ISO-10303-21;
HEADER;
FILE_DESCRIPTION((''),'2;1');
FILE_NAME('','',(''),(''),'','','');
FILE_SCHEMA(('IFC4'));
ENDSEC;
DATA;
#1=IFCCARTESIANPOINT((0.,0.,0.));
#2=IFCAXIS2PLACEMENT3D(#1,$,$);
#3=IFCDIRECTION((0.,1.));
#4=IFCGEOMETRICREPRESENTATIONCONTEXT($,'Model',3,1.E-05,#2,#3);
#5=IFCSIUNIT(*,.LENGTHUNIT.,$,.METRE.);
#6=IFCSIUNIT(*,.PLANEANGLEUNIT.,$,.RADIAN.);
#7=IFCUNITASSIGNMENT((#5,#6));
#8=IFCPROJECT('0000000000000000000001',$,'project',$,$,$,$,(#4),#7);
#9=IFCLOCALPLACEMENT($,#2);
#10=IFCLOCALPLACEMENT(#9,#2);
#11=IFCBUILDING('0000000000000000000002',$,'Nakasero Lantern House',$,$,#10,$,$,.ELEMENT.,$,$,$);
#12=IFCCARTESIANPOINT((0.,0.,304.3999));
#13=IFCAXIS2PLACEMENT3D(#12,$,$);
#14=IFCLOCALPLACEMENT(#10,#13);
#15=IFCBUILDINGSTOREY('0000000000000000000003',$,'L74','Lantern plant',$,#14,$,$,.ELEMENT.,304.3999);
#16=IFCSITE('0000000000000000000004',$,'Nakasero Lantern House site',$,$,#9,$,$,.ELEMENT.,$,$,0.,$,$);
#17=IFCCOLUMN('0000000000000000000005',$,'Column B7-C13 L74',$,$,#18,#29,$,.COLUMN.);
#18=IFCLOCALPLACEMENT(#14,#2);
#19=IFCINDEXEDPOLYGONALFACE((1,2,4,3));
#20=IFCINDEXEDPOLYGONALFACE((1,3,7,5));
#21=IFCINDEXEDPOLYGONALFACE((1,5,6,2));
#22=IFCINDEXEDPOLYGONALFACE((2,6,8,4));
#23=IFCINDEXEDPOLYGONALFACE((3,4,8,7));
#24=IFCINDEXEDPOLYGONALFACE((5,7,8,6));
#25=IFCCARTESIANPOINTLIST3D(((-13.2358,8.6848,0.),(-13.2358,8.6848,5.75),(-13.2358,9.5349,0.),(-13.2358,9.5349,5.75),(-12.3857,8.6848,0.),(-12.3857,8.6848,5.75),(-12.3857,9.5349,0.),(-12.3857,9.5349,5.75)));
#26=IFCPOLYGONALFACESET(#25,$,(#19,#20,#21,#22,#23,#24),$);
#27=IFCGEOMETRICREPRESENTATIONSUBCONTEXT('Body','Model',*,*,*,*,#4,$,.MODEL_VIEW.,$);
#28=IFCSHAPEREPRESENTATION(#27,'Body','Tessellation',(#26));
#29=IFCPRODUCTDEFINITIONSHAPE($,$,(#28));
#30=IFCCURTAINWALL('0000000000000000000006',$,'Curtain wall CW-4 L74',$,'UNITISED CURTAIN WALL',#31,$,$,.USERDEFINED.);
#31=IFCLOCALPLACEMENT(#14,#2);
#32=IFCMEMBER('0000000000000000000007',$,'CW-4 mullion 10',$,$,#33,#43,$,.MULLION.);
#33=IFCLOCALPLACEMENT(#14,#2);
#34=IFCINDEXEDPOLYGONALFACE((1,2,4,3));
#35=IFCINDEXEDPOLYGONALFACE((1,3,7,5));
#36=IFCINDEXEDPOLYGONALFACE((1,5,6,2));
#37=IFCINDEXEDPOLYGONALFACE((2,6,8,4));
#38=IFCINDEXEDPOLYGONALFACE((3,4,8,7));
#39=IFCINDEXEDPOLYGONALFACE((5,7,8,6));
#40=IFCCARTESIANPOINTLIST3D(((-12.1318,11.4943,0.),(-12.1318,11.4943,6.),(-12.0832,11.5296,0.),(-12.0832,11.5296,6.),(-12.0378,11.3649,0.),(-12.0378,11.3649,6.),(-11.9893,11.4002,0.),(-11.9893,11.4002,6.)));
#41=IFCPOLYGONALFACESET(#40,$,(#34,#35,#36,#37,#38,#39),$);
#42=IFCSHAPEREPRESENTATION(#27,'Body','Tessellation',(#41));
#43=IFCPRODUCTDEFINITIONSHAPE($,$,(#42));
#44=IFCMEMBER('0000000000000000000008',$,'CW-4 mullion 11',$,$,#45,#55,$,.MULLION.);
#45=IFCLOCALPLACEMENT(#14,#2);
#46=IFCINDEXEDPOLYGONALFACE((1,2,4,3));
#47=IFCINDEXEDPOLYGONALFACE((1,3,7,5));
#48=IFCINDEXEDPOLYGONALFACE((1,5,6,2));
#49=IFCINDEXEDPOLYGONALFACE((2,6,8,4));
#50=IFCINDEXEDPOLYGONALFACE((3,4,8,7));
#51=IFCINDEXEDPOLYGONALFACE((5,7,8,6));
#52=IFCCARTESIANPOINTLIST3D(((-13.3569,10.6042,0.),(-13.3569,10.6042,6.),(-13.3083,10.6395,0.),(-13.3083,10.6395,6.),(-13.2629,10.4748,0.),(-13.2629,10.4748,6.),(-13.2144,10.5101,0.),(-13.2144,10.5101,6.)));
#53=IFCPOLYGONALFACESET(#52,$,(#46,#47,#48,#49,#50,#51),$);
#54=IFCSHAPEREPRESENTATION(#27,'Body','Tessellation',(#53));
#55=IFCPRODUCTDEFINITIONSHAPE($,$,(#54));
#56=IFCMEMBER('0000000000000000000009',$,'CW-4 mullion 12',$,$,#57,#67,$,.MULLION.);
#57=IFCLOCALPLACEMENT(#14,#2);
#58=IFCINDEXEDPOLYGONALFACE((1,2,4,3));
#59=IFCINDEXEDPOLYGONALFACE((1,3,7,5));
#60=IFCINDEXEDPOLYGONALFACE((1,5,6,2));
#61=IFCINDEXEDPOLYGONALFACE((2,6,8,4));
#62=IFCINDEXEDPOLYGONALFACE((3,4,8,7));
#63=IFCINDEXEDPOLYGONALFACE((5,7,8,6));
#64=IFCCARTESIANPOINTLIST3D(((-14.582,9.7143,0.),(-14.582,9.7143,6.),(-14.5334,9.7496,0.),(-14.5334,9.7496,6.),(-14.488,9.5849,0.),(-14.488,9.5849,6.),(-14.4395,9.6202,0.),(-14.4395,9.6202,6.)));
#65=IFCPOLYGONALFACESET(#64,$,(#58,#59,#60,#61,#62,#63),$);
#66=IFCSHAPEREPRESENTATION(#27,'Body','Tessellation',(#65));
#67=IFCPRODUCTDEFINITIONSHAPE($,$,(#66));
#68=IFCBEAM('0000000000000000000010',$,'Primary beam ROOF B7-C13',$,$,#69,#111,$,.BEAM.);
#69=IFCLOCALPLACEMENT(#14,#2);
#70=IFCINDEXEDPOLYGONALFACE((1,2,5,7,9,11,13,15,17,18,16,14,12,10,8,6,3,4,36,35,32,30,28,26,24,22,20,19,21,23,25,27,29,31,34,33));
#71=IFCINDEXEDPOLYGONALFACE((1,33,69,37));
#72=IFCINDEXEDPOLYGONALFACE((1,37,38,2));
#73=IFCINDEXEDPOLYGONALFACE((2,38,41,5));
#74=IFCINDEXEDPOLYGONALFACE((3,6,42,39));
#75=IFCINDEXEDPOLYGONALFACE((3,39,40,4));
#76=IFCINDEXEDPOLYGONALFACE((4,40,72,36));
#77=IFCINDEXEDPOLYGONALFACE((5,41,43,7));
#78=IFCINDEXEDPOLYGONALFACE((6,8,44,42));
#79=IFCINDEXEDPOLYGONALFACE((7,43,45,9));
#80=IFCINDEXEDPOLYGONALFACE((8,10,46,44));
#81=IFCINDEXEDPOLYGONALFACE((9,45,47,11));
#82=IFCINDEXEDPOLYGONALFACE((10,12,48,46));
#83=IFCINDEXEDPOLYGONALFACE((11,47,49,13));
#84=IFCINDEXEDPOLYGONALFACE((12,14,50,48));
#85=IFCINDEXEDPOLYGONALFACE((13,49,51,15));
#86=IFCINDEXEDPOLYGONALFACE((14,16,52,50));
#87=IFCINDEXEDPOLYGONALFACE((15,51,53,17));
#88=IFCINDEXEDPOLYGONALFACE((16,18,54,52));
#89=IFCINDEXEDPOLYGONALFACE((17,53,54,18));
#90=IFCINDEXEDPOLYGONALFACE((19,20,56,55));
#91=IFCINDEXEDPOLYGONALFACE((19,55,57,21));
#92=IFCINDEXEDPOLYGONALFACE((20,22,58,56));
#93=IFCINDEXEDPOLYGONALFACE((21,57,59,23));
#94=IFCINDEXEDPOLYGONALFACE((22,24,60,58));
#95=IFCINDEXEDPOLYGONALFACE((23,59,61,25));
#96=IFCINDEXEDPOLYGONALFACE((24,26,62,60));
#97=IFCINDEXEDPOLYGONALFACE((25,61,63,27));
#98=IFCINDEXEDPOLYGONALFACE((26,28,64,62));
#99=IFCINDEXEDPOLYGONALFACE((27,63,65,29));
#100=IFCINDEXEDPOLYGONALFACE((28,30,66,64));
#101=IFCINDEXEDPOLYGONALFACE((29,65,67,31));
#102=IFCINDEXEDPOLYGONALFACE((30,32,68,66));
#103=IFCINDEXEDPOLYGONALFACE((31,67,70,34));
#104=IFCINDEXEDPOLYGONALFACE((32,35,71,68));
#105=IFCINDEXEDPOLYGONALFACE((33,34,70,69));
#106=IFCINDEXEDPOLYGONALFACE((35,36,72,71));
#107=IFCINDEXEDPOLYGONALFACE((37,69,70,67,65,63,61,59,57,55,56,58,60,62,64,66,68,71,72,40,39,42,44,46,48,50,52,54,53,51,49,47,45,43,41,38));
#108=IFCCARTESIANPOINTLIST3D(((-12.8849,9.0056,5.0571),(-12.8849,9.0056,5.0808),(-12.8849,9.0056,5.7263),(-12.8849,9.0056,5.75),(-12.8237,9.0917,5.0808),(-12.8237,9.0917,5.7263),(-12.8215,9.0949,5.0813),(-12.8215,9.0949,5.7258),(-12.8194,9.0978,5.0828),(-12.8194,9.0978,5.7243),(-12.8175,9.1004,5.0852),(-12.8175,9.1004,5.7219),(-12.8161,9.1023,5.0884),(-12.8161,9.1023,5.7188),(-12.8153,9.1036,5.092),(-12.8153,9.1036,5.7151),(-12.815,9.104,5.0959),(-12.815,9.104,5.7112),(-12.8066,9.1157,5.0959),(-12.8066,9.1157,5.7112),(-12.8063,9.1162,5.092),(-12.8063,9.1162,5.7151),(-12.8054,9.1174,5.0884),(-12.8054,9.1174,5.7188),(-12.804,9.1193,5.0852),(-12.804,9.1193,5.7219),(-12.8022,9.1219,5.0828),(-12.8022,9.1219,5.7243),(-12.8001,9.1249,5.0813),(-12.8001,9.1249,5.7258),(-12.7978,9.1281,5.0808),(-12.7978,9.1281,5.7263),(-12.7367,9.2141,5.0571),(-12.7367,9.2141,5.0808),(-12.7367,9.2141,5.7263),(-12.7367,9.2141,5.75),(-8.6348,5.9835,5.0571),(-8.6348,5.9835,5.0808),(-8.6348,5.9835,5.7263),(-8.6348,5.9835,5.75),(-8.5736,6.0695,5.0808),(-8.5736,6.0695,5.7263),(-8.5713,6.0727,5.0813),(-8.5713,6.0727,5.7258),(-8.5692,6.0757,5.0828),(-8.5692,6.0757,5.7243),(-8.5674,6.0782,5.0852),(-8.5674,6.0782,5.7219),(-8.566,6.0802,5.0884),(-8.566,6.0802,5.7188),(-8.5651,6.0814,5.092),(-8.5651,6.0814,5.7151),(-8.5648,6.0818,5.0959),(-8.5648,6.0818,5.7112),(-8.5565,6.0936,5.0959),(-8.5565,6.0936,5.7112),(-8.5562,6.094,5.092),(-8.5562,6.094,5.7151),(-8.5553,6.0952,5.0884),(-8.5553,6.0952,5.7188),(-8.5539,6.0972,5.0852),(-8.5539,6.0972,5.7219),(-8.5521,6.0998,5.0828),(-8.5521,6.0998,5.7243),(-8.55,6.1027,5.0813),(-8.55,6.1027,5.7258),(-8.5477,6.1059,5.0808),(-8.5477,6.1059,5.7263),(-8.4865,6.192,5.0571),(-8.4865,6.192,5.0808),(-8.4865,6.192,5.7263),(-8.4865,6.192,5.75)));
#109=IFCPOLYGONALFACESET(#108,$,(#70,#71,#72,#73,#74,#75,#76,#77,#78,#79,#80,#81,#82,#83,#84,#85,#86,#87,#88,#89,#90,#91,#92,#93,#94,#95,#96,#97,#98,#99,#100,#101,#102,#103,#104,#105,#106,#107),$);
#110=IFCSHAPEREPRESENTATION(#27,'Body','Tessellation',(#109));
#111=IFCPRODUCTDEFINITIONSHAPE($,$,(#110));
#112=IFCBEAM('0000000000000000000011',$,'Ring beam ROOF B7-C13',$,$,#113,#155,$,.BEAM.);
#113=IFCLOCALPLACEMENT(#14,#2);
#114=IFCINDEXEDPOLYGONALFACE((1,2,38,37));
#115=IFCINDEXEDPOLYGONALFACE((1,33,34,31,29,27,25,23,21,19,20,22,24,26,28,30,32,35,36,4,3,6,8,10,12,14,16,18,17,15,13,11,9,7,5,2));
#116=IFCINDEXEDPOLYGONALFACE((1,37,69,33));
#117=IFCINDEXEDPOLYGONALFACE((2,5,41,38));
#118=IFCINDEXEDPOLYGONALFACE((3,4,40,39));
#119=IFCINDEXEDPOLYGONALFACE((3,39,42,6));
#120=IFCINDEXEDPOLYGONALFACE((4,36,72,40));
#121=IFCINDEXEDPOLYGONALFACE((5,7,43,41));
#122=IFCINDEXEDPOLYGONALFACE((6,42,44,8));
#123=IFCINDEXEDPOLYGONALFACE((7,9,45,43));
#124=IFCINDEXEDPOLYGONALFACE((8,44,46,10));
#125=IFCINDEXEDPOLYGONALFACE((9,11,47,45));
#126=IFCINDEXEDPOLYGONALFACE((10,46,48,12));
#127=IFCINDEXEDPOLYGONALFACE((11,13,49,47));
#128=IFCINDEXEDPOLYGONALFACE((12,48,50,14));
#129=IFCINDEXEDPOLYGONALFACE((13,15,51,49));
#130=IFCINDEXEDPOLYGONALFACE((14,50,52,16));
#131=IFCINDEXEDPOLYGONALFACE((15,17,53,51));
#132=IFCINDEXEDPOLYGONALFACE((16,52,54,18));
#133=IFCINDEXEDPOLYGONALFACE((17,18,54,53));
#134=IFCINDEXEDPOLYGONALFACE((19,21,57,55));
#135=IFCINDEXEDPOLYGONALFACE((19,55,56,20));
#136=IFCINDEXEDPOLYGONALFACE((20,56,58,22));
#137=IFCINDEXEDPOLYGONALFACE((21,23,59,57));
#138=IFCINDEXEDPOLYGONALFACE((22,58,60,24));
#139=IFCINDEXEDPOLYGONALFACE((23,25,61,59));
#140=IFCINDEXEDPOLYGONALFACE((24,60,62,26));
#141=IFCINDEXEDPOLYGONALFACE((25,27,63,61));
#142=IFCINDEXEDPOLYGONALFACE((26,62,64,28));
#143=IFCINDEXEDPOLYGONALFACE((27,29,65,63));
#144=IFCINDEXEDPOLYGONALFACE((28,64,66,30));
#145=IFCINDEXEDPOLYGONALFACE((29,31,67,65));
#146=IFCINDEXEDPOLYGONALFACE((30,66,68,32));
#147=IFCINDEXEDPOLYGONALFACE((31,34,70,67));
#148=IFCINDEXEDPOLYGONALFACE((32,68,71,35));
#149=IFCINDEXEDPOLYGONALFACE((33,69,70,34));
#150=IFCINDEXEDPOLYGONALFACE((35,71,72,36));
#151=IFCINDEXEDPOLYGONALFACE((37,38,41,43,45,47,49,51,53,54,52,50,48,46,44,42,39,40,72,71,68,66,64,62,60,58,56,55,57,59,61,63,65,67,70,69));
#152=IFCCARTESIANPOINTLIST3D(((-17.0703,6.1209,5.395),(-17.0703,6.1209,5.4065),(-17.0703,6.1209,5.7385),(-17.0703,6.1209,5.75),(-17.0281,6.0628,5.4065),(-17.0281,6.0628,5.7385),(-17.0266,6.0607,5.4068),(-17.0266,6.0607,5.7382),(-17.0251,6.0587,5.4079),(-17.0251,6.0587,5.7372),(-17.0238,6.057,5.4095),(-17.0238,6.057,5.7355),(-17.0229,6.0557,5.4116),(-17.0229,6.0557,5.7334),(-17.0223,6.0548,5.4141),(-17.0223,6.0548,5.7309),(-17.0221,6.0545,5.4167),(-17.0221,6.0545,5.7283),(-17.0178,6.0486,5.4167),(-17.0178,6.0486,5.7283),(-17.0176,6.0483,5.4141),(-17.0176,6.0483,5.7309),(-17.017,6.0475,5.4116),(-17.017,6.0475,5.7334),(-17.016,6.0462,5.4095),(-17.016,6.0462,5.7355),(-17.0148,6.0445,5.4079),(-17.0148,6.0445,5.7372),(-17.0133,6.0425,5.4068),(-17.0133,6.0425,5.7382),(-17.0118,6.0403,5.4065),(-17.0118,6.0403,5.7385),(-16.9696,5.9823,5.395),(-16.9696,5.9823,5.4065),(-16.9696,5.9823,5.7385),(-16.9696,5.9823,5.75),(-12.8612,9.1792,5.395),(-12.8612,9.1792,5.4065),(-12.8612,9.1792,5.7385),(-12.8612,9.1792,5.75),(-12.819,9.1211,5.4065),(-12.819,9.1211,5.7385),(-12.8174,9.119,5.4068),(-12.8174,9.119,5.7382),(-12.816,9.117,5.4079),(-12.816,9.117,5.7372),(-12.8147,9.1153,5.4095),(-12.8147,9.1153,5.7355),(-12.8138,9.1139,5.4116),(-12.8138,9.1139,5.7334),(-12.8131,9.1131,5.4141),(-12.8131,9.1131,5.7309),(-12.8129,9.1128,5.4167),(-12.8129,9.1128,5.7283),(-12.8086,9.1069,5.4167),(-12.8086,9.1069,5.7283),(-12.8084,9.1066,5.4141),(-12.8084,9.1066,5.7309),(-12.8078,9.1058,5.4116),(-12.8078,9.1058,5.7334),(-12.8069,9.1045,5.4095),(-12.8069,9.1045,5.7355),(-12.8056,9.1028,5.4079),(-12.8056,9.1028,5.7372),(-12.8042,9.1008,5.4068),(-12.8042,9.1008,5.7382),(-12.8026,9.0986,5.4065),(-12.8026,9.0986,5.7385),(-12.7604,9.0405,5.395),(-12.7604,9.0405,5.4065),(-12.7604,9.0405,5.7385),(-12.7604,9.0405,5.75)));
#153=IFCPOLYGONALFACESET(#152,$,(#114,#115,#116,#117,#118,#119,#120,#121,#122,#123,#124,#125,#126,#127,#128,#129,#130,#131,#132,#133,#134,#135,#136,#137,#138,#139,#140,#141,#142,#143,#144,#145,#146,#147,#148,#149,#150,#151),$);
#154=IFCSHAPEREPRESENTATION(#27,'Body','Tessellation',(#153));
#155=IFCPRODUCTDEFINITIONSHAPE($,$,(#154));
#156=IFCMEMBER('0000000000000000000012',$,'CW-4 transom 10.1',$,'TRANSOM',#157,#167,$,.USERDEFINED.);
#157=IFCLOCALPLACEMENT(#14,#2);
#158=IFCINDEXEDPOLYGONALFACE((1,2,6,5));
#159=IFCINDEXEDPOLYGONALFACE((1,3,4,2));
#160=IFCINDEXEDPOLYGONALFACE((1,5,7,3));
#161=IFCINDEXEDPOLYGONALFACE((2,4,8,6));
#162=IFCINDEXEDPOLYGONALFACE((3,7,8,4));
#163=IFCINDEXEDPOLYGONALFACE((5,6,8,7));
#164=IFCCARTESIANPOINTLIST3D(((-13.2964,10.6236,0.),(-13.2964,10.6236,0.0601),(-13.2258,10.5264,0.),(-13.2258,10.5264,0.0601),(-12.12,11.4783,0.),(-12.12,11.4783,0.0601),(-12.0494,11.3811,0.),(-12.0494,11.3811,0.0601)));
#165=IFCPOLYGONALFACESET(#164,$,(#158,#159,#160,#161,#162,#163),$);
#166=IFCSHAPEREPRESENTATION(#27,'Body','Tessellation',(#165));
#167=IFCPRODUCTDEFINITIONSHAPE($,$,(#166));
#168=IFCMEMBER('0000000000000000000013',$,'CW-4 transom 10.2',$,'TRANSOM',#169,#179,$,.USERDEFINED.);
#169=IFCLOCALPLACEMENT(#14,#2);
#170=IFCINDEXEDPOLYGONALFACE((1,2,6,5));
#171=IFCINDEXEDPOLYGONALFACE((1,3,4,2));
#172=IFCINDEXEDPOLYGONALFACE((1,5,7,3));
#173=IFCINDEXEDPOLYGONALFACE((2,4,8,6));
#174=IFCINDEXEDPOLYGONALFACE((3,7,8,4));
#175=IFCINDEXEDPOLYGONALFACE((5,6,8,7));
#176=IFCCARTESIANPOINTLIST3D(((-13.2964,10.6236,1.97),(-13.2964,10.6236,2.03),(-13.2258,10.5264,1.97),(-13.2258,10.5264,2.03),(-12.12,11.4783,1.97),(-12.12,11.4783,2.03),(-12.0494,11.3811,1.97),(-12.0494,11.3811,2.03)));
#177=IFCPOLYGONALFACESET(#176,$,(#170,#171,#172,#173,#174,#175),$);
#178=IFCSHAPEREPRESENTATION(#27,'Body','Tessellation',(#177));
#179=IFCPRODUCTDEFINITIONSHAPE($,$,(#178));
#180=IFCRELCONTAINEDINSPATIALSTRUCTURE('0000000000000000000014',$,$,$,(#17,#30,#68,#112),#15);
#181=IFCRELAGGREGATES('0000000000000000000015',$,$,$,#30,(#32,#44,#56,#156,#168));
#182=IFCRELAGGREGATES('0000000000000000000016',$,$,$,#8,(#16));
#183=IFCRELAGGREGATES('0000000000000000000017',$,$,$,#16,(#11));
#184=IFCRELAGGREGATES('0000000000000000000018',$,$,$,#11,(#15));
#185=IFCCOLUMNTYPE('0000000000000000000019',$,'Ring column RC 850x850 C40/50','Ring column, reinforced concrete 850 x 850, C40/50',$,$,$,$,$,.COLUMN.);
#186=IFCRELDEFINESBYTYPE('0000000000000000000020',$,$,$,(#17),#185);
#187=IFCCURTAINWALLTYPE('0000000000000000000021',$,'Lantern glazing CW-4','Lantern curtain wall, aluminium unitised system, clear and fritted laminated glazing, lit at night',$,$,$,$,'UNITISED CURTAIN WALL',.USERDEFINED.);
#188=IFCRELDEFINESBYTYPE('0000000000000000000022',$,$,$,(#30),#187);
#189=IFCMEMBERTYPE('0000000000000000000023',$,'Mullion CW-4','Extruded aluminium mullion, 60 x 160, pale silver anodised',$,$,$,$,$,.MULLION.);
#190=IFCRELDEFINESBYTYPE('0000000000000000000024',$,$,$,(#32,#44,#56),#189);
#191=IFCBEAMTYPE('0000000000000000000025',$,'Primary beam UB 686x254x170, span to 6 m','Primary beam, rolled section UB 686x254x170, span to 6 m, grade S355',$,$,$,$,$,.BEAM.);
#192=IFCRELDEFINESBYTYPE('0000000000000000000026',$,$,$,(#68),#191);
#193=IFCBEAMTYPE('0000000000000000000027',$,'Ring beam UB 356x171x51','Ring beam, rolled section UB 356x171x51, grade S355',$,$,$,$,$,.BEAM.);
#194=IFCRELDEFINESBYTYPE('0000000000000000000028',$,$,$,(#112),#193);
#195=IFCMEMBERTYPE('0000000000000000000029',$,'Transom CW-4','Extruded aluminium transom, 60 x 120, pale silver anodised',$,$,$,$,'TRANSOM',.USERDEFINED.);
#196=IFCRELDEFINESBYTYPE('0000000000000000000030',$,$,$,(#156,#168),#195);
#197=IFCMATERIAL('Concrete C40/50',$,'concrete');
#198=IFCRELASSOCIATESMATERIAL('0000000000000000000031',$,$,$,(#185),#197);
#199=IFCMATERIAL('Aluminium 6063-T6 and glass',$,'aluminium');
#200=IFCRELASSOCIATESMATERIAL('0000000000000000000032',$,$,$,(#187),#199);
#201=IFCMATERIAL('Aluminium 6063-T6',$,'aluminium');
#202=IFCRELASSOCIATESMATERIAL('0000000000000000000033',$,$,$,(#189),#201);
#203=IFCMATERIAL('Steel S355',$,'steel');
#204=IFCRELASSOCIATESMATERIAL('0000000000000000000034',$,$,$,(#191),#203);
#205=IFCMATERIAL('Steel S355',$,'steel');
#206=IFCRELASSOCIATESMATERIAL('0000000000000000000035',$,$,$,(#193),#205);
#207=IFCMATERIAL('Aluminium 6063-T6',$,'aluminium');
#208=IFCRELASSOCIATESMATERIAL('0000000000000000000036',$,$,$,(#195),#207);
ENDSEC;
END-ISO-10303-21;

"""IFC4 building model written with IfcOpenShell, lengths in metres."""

from ifc_helpers import new_model, si_unit, direction, frame, origin, origin_2d, place, context, subcontext, project, spatial, rectangle, i_section, extrude, material, material_profile, profile_set, type_object, element, aggregate, save


model = new_model("IFC4")

# Units and contexts
model_context = context("Model", 3, precision=1e-05, world=origin(), true_north=direction((0.0, 1.0)))
body_context = subcontext(model_context, "Body", "Model", "MODEL_VIEW")
ifc_project = project(units=[si_unit("LENGTHUNIT", "METRE"), si_unit("PLANEANGLEUNIT", "RADIAN")], contexts=[model_context])

# Site, building, storey
site_placement = place(None, origin())
site = spatial("IfcSite", under=ifc_project, at=site_placement, Name="Nakasero Lantern House site", CompositionType="ELEMENT", RefElevation=0.0)
building_placement = place(site_placement, origin())
building = spatial("IfcBuilding", under=site, at=building_placement, Name="Nakasero Lantern House", CompositionType="ELEMENT")
storey_placement = place(building_placement, frame((0.0, 0.0, 304.3999)))
storey = spatial("IfcBuildingStorey", under=building, at=storey_placement, Name="L74", Description="Lantern plant", CompositionType="ELEMENT", Elevation=304.3999)

# Column
ifc_material_1 = material(Name="Concrete C40/50", Category="concrete")
ifc_material_profile_1 = material_profile(ifc_material_1, rectangle(XDim=0.8501, YDim=0.8501, at=origin_2d()), Name="RC 850x850")
ifc_profile_set_1 = profile_set([ifc_material_profile_1], Name="Concrete C40/50")
column_type = type_object("IfcColumnType", Name="Ring column RC 850x850 C40/50", Description="Ring column, reinforced concrete 850 x 850, C40/50", PredefinedType="COLUMN", material=ifc_profile_set_1)
column_placement = place(storey_placement, frame((-12.8108, 9.1099, 0.0), z_axis=(0.0, 0.0, 1.0), x_axis=(1.0, 0.0, 0.0)))
element("IfcColumn", 1, at=column_placement, inside=storey, type_object=column_type, Name="Column B7-C13 L74", PredefinedType="COLUMN", context=body_context, shape_type="SweptSolid", body=[
    extrude(rectangle(XDim=0.8501, YDim=0.8501, at=origin_2d()), origin(), (0.0, 0.0, 1.0), 5.75),
])

# Curtain wall, members
ifc_material_2 = material(Name="Aluminium 6063-T6 and glass", Category="aluminium")
curtain_wall_type = type_object("IfcCurtainWallType", Name="Lantern glazing CW-4", Description="Lantern curtain wall, aluminium unitised system, clear and fritted laminated glazing, lit at night", ElementType="UNITISED CURTAIN WALL", PredefinedType="USERDEFINED", material=ifc_material_2)
curtain_wall_placement = place(storey_placement, origin())
curtain_wall = element("IfcCurtainWall", 2, at=curtain_wall_placement, inside=storey, type_object=curtain_wall_type, Name="Curtain wall CW-4 L74", ObjectType="UNITISED CURTAIN WALL", PredefinedType="USERDEFINED")
ifc_material_3 = material(Name="Aluminium 6063-T6", Category="aluminium")
ifc_material_profile_2 = material_profile(ifc_material_3, rectangle(XDim=0.0601, YDim=0.1599, at=origin_2d()), Name="CW-4 mullion 60x160")
ifc_profile_set_2 = profile_set([ifc_material_profile_2], Name="Aluminium 6063-T6")
member_type_1 = type_object("IfcMemberType", Name="Mullion CW-4", Description="Extruded aluminium mullion, 60 x 160, pale silver anodised", PredefinedType="MULLION", material=ifc_profile_set_2)
member_1_placement = place(storey_placement, frame((-12.0605, 11.4473, 0.0), z_axis=(0.0, 0.0, 1.0), x_axis=(-0.809017, -0.587785, 0.0)))
member_1 = element("IfcMember", 3, at=member_1_placement, type_object=member_type_1, Name="CW-4 mullion 10", PredefinedType="MULLION", context=body_context, shape_type="SweptSolid", body=[
    extrude(rectangle(XDim=0.0601, YDim=0.1599, at=origin_2d()), origin(), (0.0, 0.0, 1.0), 6.0),
])
member_2_placement = place(storey_placement, frame((-13.2856, 10.5571, 0.0), z_axis=(0.0, 0.0, 1.0), x_axis=(-0.809017, -0.587785, 0.0)))
member_2 = element("IfcMember", 4, at=member_2_placement, type_object=member_type_1, Name="CW-4 mullion 11", PredefinedType="MULLION", context=body_context, shape_type="SweptSolid", body=[
    extrude(rectangle(XDim=0.0601, YDim=0.1599, at=origin_2d()), origin(), (0.0, 0.0, 1.0), 6.0),
])
member_3_placement = place(storey_placement, frame((-14.5107, 9.6672, 0.0), z_axis=(0.0, 0.0, 1.0), x_axis=(-0.809017, -0.587785, 0.0)))
member_3 = element("IfcMember", 5, at=member_3_placement, type_object=member_type_1, Name="CW-4 mullion 12", PredefinedType="MULLION", context=body_context, shape_type="SweptSolid", body=[
    extrude(rectangle(XDim=0.0601, YDim=0.1599, at=origin_2d()), origin(), (0.0, 0.0, 1.0), 6.0),
])

# Beams
ifc_material_4 = material(Name="Steel S355", Category="steel")
ifc_material_profile_3 = material_profile(ifc_material_4, i_section(OverallWidth=0.2559, OverallDepth=0.6929, WebThickness=0.0144, FlangeThickness=0.0237, FilletRadius=0.0151, at=origin_2d()), Name="UB 686x254x170")
ifc_profile_set_3 = profile_set([ifc_material_profile_3], Name="Steel S355")
beam_type_1 = type_object("IfcBeamType", Name="Primary beam UB 686x254x170, span to 6 m", Description="Primary beam, rolled section UB 686x254x170, span to 6 m, grade S355", PredefinedType="BEAM", material=ifc_profile_set_3)
beam_1_placement = place(storey_placement, frame((-12.8108, 9.1099, 5.4036), z_axis=(0.814972, -0.579501, 0.0), x_axis=(0.579501, 0.814972, 0.0)))
element("IfcBeam", 6, at=beam_1_placement, inside=storey, type_object=beam_type_1, Name="Primary beam ROOF B7-C13", PredefinedType="BEAM", context=body_context, shape_type="SweptSolid", body=[
    extrude(i_section(OverallWidth=0.2559, OverallDepth=0.6929, WebThickness=0.0144, FlangeThickness=0.0237, FilletRadius=0.0151, at=origin_2d()), origin(), (0.0, 0.0, 1.0), 5.2151),
])
ifc_material_5 = material(Name="Steel S355", Category="steel")
ifc_material_profile_4 = material_profile(ifc_material_5, i_section(OverallWidth=0.1714, OverallDepth=0.355, WebThickness=0.0073, FlangeThickness=0.0115, FilletRadius=0.0103, at=origin_2d()), Name="UB 356x171x51")
ifc_profile_set_4 = profile_set([ifc_material_profile_4], Name="Steel S355")
beam_type_2 = type_object("IfcBeamType", Name="Ring beam UB 356x171x51", Description="Ring beam, rolled section UB 356x171x51, grade S355", PredefinedType="BEAM", material=ifc_profile_set_4)
beam_2_placement = place(storey_placement, frame((-12.8108, 9.1099, 5.5725), z_axis=(-0.809002, -0.587806, 0.0), x_axis=(0.587806, -0.809002, 0.0)))
element("IfcBeam", 7, at=beam_2_placement, inside=storey, type_object=beam_type_2, Name="Ring beam ROOF B7-C13", PredefinedType="BEAM", context=body_context, shape_type="SweptSolid", body=[
    extrude(i_section(OverallWidth=0.1714, OverallDepth=0.355, WebThickness=0.0073, FlangeThickness=0.0115, FilletRadius=0.0103, at=origin_2d()), origin(), (0.0, 0.0, 1.0), 5.2029),
])

# Members
ifc_material_6 = material(Name="Aluminium 6063-T6", Category="aluminium")
ifc_material_profile_5 = material_profile(ifc_material_6, rectangle(XDim=0.0601, YDim=0.1201, at=origin_2d()), Name="CW-4 transom 60x120")
ifc_profile_set_5 = profile_set([ifc_material_profile_5], Name="Aluminium 6063-T6")
member_type_2 = type_object("IfcMemberType", Name="Transom CW-4", Description="Extruded aluminium transom, 60 x 120, pale silver anodised", ElementType="TRANSOM", PredefinedType="USERDEFINED", material=ifc_profile_set_5)
member_4_placement = place(storey_placement, frame((-12.0847, 11.4297, 0.03), z_axis=(-0.809034, -0.587762, 0.0), x_axis=(0.0, 0.0, 1.0)))
member_4 = element("IfcMember", 8, at=member_4_placement, type_object=member_type_2, Name="CW-4 transom 10.1", ObjectType="TRANSOM", PredefinedType="USERDEFINED", context=body_context, shape_type="SweptSolid", body=[
    extrude(rectangle(XDim=0.0601, YDim=0.1201, at=origin_2d()), origin(), (0.0, 0.0, 1.0), 1.4541),
])
member_5_placement = place(storey_placement, frame((-12.0847, 11.4297, 2.0), z_axis=(-0.809034, -0.587762, 0.0), x_axis=(0.0, 0.0, 1.0)))
member_5 = element("IfcMember", 9, at=member_5_placement, type_object=member_type_2, Name="CW-4 transom 10.2", ObjectType="TRANSOM", PredefinedType="USERDEFINED", context=body_context, shape_type="SweptSolid", body=[
    extrude(rectangle(XDim=0.0601, YDim=0.1201, at=origin_2d()), origin(), (0.0, 0.0, 1.0), 1.4541),
])

aggregate(curtain_wall, [member_1, member_2, member_3, member_4, member_5])

save(model, "model.ifc")
